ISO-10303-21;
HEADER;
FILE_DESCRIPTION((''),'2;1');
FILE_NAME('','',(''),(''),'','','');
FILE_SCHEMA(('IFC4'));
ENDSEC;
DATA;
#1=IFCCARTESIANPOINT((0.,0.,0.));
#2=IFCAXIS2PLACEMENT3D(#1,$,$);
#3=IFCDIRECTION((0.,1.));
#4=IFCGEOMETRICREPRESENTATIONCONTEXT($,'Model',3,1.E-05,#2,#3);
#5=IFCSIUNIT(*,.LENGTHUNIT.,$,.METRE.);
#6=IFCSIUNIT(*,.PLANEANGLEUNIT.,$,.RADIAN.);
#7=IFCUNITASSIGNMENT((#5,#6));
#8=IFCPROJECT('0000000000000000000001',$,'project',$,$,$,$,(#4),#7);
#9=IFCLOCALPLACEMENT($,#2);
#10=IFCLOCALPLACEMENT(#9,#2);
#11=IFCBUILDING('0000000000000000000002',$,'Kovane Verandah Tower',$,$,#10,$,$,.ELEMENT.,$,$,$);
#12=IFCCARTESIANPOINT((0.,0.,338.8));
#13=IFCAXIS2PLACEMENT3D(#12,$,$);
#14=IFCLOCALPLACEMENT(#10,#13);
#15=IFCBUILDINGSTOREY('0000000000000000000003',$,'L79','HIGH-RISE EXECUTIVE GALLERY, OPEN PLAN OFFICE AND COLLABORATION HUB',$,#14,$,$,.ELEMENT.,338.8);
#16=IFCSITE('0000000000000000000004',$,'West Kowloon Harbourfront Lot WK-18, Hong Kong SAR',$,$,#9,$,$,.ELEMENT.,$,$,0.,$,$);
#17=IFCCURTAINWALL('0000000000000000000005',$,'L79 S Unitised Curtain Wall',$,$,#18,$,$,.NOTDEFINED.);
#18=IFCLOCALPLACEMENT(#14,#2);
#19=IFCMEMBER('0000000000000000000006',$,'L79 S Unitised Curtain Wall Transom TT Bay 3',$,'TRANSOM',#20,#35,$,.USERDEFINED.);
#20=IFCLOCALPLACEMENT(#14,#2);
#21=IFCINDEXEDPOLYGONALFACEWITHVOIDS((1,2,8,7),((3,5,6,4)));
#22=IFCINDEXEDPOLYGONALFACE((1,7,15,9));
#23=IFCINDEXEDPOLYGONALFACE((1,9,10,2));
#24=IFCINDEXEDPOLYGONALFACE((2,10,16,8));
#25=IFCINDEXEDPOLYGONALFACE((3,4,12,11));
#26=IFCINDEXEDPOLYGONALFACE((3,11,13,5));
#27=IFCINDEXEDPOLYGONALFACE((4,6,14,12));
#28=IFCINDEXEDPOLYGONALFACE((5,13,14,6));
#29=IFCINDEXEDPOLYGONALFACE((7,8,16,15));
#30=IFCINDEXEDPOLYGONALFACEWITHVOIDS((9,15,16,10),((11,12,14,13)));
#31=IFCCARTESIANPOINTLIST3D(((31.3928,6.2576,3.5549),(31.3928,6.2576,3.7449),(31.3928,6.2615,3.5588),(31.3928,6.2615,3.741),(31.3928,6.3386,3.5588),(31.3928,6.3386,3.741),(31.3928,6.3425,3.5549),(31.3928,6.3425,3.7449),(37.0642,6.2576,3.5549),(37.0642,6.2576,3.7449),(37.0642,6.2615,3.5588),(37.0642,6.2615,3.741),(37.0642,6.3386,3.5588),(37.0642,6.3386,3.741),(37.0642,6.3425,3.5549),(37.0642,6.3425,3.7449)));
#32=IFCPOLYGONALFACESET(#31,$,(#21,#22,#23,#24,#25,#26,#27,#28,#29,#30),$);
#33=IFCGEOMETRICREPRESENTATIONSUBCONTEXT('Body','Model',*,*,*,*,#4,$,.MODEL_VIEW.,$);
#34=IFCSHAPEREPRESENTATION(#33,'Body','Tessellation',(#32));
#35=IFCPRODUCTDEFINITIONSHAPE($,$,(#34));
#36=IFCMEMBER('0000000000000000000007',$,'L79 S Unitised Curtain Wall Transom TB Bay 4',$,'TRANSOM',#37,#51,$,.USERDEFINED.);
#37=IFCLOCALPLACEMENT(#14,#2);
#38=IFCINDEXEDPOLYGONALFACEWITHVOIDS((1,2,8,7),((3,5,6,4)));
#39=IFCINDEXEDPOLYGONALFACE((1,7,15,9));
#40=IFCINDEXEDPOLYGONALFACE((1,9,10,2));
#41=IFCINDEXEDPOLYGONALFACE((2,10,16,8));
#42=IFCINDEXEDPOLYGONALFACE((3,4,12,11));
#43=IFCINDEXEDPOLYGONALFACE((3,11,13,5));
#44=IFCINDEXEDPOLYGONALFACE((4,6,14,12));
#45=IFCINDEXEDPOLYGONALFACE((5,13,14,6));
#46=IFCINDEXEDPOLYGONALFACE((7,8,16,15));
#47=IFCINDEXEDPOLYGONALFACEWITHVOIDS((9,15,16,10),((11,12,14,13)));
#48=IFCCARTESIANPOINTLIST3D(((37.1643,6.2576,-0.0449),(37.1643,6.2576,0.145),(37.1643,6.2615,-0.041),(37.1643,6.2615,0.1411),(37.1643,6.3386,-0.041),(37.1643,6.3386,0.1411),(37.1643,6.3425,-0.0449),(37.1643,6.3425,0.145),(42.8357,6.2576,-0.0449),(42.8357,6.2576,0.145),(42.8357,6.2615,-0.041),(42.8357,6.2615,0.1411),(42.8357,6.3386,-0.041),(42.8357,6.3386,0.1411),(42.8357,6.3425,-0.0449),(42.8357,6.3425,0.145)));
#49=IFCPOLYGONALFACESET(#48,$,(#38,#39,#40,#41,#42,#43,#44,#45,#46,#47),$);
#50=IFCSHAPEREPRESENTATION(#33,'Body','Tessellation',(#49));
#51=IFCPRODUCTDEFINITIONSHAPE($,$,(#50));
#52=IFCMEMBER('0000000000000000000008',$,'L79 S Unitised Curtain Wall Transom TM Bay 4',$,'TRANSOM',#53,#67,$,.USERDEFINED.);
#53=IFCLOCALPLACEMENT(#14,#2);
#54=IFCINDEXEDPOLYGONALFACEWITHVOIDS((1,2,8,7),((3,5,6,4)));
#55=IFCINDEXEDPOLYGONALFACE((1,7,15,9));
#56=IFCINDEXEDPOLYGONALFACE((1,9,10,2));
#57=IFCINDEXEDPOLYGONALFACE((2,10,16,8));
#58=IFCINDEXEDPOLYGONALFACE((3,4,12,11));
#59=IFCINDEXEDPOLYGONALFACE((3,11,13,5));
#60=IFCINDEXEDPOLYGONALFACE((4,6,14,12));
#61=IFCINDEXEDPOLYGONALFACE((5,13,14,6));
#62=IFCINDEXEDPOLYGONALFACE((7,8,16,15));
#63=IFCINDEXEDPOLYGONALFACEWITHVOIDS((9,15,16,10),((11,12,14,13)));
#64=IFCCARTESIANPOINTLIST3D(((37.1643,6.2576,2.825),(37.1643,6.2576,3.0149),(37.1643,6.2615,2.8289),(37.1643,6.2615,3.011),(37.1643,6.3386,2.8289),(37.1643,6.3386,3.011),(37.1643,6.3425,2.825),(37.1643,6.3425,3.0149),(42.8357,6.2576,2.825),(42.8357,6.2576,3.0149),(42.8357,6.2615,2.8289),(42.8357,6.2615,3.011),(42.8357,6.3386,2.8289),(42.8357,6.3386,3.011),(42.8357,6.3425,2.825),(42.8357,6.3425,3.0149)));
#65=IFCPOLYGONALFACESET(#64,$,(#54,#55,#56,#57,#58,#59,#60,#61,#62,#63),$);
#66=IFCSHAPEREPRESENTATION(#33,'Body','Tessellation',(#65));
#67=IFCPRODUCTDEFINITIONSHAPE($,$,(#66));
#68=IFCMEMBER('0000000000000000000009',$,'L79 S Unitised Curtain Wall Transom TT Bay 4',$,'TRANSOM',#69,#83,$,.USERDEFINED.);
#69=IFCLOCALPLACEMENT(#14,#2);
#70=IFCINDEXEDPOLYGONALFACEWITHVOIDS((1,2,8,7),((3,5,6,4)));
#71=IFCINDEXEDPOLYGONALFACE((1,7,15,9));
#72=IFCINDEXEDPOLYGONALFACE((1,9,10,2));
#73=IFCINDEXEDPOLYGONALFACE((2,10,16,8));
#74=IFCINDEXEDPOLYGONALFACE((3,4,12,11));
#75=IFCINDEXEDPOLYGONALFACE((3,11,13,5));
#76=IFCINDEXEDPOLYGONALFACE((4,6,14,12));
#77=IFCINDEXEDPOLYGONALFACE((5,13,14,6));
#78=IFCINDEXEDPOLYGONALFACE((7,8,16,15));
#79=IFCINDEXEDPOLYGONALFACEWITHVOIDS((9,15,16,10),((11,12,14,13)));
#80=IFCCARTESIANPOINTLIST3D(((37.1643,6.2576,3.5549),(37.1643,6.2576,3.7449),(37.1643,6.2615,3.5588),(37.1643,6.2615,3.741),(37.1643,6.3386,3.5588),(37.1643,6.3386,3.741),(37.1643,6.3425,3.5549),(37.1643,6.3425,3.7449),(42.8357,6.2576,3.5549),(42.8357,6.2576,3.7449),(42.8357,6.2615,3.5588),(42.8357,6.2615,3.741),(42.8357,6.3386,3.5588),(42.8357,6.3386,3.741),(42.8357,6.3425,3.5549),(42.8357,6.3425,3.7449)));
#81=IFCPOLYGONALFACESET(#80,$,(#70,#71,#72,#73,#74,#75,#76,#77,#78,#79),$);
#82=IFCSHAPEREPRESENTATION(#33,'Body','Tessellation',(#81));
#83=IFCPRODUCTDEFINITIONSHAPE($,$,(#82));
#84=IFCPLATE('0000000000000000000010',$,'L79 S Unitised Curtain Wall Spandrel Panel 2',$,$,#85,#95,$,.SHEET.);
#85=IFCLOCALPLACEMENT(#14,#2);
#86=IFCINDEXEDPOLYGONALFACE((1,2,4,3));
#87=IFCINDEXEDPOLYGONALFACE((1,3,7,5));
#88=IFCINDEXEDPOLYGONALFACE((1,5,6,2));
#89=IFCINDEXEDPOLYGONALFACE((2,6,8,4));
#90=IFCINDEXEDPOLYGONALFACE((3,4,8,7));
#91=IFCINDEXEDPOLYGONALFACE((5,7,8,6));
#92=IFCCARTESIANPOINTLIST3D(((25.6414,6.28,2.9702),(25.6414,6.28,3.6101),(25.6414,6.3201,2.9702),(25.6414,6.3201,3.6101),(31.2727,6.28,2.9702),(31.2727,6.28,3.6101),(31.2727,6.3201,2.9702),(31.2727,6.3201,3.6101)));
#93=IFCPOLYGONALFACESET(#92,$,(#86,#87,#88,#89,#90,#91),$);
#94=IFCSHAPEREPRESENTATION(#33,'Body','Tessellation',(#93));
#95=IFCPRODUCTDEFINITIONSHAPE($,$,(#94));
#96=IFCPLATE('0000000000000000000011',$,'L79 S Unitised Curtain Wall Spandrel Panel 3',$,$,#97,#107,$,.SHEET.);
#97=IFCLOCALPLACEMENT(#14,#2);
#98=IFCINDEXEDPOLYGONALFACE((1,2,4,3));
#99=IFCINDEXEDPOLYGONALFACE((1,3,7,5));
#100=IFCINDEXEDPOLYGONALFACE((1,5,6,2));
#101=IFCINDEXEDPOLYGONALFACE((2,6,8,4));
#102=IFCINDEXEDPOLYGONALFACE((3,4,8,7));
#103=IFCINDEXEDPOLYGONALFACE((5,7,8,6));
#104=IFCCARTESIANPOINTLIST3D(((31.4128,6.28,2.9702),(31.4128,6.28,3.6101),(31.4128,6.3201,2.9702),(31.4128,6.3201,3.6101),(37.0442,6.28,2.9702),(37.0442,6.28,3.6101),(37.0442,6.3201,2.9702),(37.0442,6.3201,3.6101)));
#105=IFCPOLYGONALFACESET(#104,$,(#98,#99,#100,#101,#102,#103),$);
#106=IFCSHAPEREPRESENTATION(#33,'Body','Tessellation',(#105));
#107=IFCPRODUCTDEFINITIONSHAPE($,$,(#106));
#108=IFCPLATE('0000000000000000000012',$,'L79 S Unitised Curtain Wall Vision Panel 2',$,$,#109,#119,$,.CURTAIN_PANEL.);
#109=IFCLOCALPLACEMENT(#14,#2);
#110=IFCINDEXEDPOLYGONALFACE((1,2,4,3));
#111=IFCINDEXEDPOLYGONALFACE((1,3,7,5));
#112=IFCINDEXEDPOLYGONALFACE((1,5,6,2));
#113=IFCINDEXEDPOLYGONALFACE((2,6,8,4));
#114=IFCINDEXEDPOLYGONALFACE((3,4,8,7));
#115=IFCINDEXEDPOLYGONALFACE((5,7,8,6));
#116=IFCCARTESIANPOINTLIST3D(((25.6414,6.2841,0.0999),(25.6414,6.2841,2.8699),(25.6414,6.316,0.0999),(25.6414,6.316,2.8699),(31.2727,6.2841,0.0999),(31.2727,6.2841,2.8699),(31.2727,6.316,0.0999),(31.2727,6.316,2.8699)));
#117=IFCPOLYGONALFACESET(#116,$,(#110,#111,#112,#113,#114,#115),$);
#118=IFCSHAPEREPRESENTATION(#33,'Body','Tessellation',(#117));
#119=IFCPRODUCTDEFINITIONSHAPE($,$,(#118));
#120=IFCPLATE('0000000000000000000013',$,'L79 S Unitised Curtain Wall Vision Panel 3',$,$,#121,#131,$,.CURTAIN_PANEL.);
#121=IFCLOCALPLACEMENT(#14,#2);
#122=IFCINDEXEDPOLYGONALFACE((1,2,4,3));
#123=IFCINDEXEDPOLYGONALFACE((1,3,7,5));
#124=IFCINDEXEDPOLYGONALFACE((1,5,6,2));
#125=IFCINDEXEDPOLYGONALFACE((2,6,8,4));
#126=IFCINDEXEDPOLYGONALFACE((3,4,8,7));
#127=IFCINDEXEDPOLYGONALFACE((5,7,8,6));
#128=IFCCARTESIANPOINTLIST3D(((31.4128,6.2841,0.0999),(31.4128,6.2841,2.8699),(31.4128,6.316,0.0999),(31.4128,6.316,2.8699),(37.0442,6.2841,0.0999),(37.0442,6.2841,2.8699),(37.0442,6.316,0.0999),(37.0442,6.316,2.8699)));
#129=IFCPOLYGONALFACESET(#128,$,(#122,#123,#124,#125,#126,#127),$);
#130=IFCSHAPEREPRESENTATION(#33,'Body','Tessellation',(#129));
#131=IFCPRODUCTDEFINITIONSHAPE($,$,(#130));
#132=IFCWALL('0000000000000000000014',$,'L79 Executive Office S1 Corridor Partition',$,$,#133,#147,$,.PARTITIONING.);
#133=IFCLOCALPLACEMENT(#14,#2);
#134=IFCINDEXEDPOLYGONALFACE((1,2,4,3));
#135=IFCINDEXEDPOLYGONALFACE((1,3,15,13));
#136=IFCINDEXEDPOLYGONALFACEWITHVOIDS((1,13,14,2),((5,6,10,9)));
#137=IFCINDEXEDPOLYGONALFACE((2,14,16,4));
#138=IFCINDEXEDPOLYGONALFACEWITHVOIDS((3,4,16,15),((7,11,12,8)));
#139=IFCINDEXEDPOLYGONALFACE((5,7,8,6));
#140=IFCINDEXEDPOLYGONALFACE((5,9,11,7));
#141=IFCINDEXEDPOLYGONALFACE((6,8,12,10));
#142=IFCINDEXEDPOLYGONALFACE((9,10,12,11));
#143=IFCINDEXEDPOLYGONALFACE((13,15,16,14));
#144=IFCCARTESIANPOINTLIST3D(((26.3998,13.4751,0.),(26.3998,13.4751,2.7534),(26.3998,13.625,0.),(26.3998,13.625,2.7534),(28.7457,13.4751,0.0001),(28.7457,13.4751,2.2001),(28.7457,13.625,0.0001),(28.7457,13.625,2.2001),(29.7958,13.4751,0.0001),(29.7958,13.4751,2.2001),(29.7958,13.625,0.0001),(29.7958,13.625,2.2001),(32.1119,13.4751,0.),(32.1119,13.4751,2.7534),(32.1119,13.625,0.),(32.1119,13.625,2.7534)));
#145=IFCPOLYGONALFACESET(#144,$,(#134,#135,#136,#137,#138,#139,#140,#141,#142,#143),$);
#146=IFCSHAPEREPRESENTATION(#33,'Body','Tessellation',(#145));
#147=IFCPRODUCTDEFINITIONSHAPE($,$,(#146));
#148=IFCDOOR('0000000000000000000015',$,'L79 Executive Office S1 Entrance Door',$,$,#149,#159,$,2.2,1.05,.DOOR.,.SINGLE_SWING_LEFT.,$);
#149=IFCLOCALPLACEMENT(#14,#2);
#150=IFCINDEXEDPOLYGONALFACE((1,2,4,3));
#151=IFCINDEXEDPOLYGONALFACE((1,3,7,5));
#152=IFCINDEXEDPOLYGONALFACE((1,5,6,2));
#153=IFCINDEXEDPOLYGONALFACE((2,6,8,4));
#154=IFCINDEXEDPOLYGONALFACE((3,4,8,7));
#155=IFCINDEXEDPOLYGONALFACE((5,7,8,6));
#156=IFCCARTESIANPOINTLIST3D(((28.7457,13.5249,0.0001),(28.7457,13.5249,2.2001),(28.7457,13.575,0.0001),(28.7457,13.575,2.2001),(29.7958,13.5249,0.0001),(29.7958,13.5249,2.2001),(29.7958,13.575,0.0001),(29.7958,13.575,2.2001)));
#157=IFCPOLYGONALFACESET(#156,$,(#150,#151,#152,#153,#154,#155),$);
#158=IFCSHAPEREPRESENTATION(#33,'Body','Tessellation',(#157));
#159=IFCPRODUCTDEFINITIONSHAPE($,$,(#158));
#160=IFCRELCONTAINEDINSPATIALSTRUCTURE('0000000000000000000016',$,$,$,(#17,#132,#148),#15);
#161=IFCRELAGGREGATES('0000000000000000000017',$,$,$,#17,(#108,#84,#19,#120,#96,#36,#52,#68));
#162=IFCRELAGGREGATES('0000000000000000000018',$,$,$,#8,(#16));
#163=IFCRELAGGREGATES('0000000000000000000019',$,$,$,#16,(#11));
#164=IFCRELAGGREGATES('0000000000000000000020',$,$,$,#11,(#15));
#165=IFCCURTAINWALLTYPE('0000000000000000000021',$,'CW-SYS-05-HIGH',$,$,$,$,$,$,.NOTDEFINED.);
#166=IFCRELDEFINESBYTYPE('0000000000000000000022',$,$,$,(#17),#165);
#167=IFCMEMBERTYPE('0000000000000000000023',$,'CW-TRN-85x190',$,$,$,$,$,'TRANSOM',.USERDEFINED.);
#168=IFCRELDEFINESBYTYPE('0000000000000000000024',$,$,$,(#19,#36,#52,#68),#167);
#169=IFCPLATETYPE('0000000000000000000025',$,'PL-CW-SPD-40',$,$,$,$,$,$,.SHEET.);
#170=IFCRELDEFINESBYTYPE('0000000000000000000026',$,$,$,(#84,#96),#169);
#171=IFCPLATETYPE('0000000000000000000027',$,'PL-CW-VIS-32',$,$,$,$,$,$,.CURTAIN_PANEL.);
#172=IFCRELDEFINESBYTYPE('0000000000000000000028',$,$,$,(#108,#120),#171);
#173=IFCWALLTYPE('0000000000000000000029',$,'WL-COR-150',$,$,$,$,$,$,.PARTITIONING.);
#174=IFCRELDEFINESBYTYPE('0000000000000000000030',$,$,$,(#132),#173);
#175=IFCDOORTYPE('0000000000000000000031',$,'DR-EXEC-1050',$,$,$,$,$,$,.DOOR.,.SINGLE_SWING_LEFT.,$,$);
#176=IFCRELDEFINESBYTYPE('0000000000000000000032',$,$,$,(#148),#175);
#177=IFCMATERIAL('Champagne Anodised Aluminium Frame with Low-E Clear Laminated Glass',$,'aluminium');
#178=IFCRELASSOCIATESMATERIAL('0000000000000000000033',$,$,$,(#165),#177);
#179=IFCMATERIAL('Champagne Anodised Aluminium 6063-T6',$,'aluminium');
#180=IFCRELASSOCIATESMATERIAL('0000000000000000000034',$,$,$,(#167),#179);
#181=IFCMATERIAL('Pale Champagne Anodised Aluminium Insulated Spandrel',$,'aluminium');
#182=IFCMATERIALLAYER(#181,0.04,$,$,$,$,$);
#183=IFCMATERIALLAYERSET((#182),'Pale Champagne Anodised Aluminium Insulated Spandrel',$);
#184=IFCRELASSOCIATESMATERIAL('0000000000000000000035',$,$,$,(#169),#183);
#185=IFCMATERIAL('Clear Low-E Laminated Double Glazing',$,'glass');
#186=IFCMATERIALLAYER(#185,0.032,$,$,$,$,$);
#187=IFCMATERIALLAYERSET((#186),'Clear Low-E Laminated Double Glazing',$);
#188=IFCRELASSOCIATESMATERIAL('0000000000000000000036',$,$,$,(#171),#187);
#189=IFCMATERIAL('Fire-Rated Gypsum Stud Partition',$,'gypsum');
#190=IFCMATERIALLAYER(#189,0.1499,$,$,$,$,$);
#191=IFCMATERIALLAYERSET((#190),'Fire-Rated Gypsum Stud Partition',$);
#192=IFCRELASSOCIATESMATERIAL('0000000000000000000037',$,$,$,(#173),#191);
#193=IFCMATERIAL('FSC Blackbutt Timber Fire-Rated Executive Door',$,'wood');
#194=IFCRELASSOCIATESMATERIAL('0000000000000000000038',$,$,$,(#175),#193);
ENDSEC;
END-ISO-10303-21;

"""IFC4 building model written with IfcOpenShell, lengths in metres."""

from ifc_helpers import new_model, si_unit, direction, frame, frame_2d, origin, origin_2d, place, context, subcontext, project, spatial, rectangle, hollow_rectangle, extrude, material, layer, layer_set, material_profile, profile_set, type_object, element, fill, aggregate, save


model = new_model("IFC4")

# Units and contexts
model_context = context("Model", 3, precision=1e-05, world=origin(), true_north=direction((0.0, 1.0)))
body_context = subcontext(model_context, "Body", "Model", "MODEL_VIEW")
ifc_project = project(units=[si_unit("LENGTHUNIT", "METRE"), si_unit("PLANEANGLEUNIT", "RADIAN")], contexts=[model_context])

# Site, building, storey
site_placement = place(None, origin())
site = spatial("IfcSite", under=ifc_project, at=site_placement, Name="West Kowloon Harbourfront Lot WK-18, Hong Kong SAR", CompositionType="ELEMENT", RefElevation=0.0)
building_placement = place(site_placement, origin())
building = spatial("IfcBuilding", under=site, at=building_placement, Name="Kovane Verandah Tower", CompositionType="ELEMENT")
storey_placement = place(building_placement, frame((0.0, 0.0, 338.8)))
storey = spatial("IfcBuildingStorey", under=building, at=storey_placement, Name="L79", Description="HIGH-RISE EXECUTIVE GALLERY, OPEN PLAN OFFICE AND COLLABORATION HUB", CompositionType="ELEMENT", Elevation=338.8)

# Curtain wall, members, plates
ifc_material_1 = material(Name="Champagne Anodised Aluminium Frame with Low-E Clear Laminated Glass", Category="aluminium")
curtain_wall_type = type_object("IfcCurtainWallType", Name="CW-SYS-05-HIGH", PredefinedType="NOTDEFINED", material=ifc_material_1)
curtain_wall_placement = place(storey_placement, origin())
curtain_wall = element("IfcCurtainWall", 1, at=curtain_wall_placement, inside=storey, type_object=curtain_wall_type, Name="L79 S Unitised Curtain Wall", PredefinedType="NOTDEFINED")
ifc_material_2 = material(Name="Champagne Anodised Aluminium 6063-T6", Category="aluminium")
ifc_material_profile_1 = material_profile(ifc_material_2, hollow_rectangle(XDim=0.085, YDim=0.1899, WallThickness=0.0039, at=origin_2d()), Name="AL85x190x4")
ifc_profile_set_1 = profile_set([ifc_material_profile_1], Name="Champagne Anodised Aluminium 6063-T6")
member_type_1 = type_object("IfcMemberType", Name="CW-TRN-85x190", ElementType="TRANSOM", PredefinedType="USERDEFINED", material=ifc_profile_set_1)
member_1_placement = place(storey_placement, frame((31.3928, 6.3, 3.6499), z_axis=(1.0, 0.0, 0.0), x_axis=(0.0, 1.0, 0.0)))
member_1 = element("IfcMember", 2, at=member_1_placement, type_object=member_type_1, Name="L79 S Unitised Curtain Wall Transom TT Bay 3", ObjectType="TRANSOM", PredefinedType="USERDEFINED", context=body_context, shape_type="SweptSolid", body=[
    extrude(hollow_rectangle(XDim=0.085, YDim=0.1899, WallThickness=0.0039, at=origin_2d()), origin(), (0.0, 0.0, 1.0), 5.6714),
])
member_2_placement = place(storey_placement, frame((37.1643, 6.3, 0.05), z_axis=(1.0, 0.0, 0.0), x_axis=(0.0, 1.0, 0.0)))
member_2 = element("IfcMember", 3, at=member_2_placement, type_object=member_type_1, Name="L79 S Unitised Curtain Wall Transom TB Bay 4", ObjectType="TRANSOM", PredefinedType="USERDEFINED", context=body_context, shape_type="SweptSolid", body=[
    extrude(hollow_rectangle(XDim=0.085, YDim=0.1899, WallThickness=0.0039, at=origin_2d()), origin(), (0.0, 0.0, 1.0), 5.6714),
])
member_3_placement = place(storey_placement, frame((37.1643, 6.3, 2.9199), z_axis=(1.0, 0.0, 0.0), x_axis=(0.0, 1.0, 0.0)))
member_3 = element("IfcMember", 4, at=member_3_placement, type_object=member_type_1, Name="L79 S Unitised Curtain Wall Transom TM Bay 4", ObjectType="TRANSOM", PredefinedType="USERDEFINED", context=body_context, shape_type="SweptSolid", body=[
    extrude(hollow_rectangle(XDim=0.085, YDim=0.1899, WallThickness=0.0039, at=origin_2d()), origin(), (0.0, 0.0, 1.0), 5.6714),
])
member_4_placement = place(storey_placement, frame((37.1643, 6.3, 3.6499), z_axis=(1.0, 0.0, 0.0), x_axis=(0.0, 1.0, 0.0)))
member_4 = element("IfcMember", 5, at=member_4_placement, type_object=member_type_1, Name="L79 S Unitised Curtain Wall Transom TT Bay 4", ObjectType="TRANSOM", PredefinedType="USERDEFINED", context=body_context, shape_type="SweptSolid", body=[
    extrude(hollow_rectangle(XDim=0.085, YDim=0.1899, WallThickness=0.0039, at=origin_2d()), origin(), (0.0, 0.0, 1.0), 5.6714),
])
ifc_material_3 = material(Name="Pale Champagne Anodised Aluminium Insulated Spandrel", Category="aluminium")
ifc_layer_1 = layer(ifc_material_3, 0.04)
ifc_layer_set_1 = layer_set([ifc_layer_1], Name="Pale Champagne Anodised Aluminium Insulated Spandrel")
plate_type_1 = type_object("IfcPlateType", Name="PL-CW-SPD-40", PredefinedType="SHEET", material=ifc_layer_set_1)
plate_1_placement = place(storey_placement, frame((28.457, 6.3, 2.9702), z_axis=(0.0, 0.0, 1.0), x_axis=(1.0, 0.0, 0.0)))
plate_1 = element("IfcPlate", 6, at=plate_1_placement, type_object=plate_type_1, Name="L79 S Unitised Curtain Wall Spandrel Panel 2", PredefinedType="SHEET", context=body_context, shape_type="SweptSolid", body=[
    extrude(rectangle(XDim=5.6313, YDim=0.04, at=origin_2d()), origin(), (0.0, 0.0, 1.0), 0.6399),
])
plate_2_placement = place(storey_placement, frame((34.2285, 6.3, 2.9702), z_axis=(0.0, 0.0, 1.0), x_axis=(1.0, 0.0, 0.0)))
plate_2 = element("IfcPlate", 7, at=plate_2_placement, type_object=plate_type_1, Name="L79 S Unitised Curtain Wall Spandrel Panel 3", PredefinedType="SHEET", context=body_context, shape_type="SweptSolid", body=[
    extrude(rectangle(XDim=5.6313, YDim=0.04, at=origin_2d()), origin(), (0.0, 0.0, 1.0), 0.6399),
])
ifc_material_4 = material(Name="Clear Low-E Laminated Double Glazing", Category="glass")
ifc_layer_2 = layer(ifc_material_4, 0.032)
ifc_layer_set_2 = layer_set([ifc_layer_2], Name="Clear Low-E Laminated Double Glazing")
plate_type_2 = type_object("IfcPlateType", Name="PL-CW-VIS-32", PredefinedType="CURTAIN_PANEL", material=ifc_layer_set_2)
plate_3_placement = place(storey_placement, frame((28.457, 6.3, 0.0999), z_axis=(0.0, 0.0, 1.0), x_axis=(1.0, 0.0, 0.0)))
plate_3 = element("IfcPlate", 8, at=plate_3_placement, type_object=plate_type_2, Name="L79 S Unitised Curtain Wall Vision Panel 2", PredefinedType="CURTAIN_PANEL", context=body_context, shape_type="SweptSolid", body=[
    extrude(rectangle(XDim=5.6313, YDim=0.032, at=origin_2d()), origin(), (0.0, 0.0, 1.0), 2.77),
])
plate_4_placement = place(storey_placement, frame((34.2285, 6.3, 0.0999), z_axis=(0.0, 0.0, 1.0), x_axis=(1.0, 0.0, 0.0)))
plate_4 = element("IfcPlate", 9, at=plate_4_placement, type_object=plate_type_2, Name="L79 S Unitised Curtain Wall Vision Panel 3", PredefinedType="CURTAIN_PANEL", context=body_context, shape_type="SweptSolid", body=[
    extrude(rectangle(XDim=5.6313, YDim=0.032, at=origin_2d()), origin(), (0.0, 0.0, 1.0), 2.77),
])
aggregate(curtain_wall, [plate_3, plate_1, member_1, plate_4, plate_2, member_2, member_3, member_4])

# Wall, opening, door
ifc_material_5 = material(Name="Fire-Rated Gypsum Stud Partition", Category="gypsum")
ifc_layer_3 = layer(ifc_material_5, 0.1499)
ifc_layer_set_3 = layer_set([ifc_layer_3], Name="Fire-Rated Gypsum Stud Partition")
wall_type_1 = type_object("IfcWallType", Name="WL-COR-150", PredefinedType="PARTITIONING", material=ifc_layer_set_3)
wall_1_placement = place(storey_placement, frame((26.3999, 13.55, 0.0), z_axis=(0.0, 0.0, 1.0), x_axis=(1.0, 0.0, 0.0)))
wall_1 = element("IfcWall", 10, at=wall_1_placement, inside=storey, type_object=wall_type_1, Name="L79 Executive Office S1 Corridor Partition", PredefinedType="PARTITIONING", context=body_context, shape_type="SweptSolid", body=[
    extrude(rectangle(XDim=5.7122, YDim=0.1499, at=frame_2d((2.856, 0.0))), origin(), (0.0, 0.0, 1.0), 2.7534),
])
opening_1_placement = place(wall_1_placement, frame((2.3459, 0.0, 0.0)))
opening_1 = element("IfcOpeningElement", 11, at=opening_1_placement, cuts=wall_1, PredefinedType="OPENING", context=body_context, shape_type="SweptSolid", body=[
    extrude(rectangle(XDim=1.05, YDim=2.2, at=frame_2d((0.5249, 1.1001))), frame((0.0, 0.075, 0.0), z_axis=(0.0, -1.0, 0.0), x_axis=(1.0, 0.0, 0.0)), (0.0, 0.0, 1.0), 0.1499),
])
ifc_material_6 = material(Name="FSC Blackbutt Timber Fire-Rated Executive Door", Category="wood")
door_type_1 = type_object("IfcDoorType", Name="DR-EXEC-1050", OperationType="SINGLE_SWING_LEFT", PredefinedType="DOOR", material=ifc_material_6)
door_1_placement = place(opening_1_placement, origin())
door_1 = element("IfcDoor", 12, at=door_1_placement, inside=storey, type_object=door_type_1, Name="L79 Executive Office S1 Entrance Door", OperationType="SINGLE_SWING_LEFT", OverallHeight=2.2, OverallWidth=1.05, PredefinedType="DOOR", context=body_context, shape_type="SweptSolid", body=[
    extrude(rectangle(XDim=1.05, YDim=2.2, at=frame_2d((0.5249, 1.1001))), frame((0.0, 0.0249, 0.0), z_axis=(0.0, -1.0, 0.0), x_axis=(1.0, 0.0, 0.0)), (0.0, 0.0, 1.0), 0.05),
])
fill(opening_1, door_1)

save(model, "model.ifc")
